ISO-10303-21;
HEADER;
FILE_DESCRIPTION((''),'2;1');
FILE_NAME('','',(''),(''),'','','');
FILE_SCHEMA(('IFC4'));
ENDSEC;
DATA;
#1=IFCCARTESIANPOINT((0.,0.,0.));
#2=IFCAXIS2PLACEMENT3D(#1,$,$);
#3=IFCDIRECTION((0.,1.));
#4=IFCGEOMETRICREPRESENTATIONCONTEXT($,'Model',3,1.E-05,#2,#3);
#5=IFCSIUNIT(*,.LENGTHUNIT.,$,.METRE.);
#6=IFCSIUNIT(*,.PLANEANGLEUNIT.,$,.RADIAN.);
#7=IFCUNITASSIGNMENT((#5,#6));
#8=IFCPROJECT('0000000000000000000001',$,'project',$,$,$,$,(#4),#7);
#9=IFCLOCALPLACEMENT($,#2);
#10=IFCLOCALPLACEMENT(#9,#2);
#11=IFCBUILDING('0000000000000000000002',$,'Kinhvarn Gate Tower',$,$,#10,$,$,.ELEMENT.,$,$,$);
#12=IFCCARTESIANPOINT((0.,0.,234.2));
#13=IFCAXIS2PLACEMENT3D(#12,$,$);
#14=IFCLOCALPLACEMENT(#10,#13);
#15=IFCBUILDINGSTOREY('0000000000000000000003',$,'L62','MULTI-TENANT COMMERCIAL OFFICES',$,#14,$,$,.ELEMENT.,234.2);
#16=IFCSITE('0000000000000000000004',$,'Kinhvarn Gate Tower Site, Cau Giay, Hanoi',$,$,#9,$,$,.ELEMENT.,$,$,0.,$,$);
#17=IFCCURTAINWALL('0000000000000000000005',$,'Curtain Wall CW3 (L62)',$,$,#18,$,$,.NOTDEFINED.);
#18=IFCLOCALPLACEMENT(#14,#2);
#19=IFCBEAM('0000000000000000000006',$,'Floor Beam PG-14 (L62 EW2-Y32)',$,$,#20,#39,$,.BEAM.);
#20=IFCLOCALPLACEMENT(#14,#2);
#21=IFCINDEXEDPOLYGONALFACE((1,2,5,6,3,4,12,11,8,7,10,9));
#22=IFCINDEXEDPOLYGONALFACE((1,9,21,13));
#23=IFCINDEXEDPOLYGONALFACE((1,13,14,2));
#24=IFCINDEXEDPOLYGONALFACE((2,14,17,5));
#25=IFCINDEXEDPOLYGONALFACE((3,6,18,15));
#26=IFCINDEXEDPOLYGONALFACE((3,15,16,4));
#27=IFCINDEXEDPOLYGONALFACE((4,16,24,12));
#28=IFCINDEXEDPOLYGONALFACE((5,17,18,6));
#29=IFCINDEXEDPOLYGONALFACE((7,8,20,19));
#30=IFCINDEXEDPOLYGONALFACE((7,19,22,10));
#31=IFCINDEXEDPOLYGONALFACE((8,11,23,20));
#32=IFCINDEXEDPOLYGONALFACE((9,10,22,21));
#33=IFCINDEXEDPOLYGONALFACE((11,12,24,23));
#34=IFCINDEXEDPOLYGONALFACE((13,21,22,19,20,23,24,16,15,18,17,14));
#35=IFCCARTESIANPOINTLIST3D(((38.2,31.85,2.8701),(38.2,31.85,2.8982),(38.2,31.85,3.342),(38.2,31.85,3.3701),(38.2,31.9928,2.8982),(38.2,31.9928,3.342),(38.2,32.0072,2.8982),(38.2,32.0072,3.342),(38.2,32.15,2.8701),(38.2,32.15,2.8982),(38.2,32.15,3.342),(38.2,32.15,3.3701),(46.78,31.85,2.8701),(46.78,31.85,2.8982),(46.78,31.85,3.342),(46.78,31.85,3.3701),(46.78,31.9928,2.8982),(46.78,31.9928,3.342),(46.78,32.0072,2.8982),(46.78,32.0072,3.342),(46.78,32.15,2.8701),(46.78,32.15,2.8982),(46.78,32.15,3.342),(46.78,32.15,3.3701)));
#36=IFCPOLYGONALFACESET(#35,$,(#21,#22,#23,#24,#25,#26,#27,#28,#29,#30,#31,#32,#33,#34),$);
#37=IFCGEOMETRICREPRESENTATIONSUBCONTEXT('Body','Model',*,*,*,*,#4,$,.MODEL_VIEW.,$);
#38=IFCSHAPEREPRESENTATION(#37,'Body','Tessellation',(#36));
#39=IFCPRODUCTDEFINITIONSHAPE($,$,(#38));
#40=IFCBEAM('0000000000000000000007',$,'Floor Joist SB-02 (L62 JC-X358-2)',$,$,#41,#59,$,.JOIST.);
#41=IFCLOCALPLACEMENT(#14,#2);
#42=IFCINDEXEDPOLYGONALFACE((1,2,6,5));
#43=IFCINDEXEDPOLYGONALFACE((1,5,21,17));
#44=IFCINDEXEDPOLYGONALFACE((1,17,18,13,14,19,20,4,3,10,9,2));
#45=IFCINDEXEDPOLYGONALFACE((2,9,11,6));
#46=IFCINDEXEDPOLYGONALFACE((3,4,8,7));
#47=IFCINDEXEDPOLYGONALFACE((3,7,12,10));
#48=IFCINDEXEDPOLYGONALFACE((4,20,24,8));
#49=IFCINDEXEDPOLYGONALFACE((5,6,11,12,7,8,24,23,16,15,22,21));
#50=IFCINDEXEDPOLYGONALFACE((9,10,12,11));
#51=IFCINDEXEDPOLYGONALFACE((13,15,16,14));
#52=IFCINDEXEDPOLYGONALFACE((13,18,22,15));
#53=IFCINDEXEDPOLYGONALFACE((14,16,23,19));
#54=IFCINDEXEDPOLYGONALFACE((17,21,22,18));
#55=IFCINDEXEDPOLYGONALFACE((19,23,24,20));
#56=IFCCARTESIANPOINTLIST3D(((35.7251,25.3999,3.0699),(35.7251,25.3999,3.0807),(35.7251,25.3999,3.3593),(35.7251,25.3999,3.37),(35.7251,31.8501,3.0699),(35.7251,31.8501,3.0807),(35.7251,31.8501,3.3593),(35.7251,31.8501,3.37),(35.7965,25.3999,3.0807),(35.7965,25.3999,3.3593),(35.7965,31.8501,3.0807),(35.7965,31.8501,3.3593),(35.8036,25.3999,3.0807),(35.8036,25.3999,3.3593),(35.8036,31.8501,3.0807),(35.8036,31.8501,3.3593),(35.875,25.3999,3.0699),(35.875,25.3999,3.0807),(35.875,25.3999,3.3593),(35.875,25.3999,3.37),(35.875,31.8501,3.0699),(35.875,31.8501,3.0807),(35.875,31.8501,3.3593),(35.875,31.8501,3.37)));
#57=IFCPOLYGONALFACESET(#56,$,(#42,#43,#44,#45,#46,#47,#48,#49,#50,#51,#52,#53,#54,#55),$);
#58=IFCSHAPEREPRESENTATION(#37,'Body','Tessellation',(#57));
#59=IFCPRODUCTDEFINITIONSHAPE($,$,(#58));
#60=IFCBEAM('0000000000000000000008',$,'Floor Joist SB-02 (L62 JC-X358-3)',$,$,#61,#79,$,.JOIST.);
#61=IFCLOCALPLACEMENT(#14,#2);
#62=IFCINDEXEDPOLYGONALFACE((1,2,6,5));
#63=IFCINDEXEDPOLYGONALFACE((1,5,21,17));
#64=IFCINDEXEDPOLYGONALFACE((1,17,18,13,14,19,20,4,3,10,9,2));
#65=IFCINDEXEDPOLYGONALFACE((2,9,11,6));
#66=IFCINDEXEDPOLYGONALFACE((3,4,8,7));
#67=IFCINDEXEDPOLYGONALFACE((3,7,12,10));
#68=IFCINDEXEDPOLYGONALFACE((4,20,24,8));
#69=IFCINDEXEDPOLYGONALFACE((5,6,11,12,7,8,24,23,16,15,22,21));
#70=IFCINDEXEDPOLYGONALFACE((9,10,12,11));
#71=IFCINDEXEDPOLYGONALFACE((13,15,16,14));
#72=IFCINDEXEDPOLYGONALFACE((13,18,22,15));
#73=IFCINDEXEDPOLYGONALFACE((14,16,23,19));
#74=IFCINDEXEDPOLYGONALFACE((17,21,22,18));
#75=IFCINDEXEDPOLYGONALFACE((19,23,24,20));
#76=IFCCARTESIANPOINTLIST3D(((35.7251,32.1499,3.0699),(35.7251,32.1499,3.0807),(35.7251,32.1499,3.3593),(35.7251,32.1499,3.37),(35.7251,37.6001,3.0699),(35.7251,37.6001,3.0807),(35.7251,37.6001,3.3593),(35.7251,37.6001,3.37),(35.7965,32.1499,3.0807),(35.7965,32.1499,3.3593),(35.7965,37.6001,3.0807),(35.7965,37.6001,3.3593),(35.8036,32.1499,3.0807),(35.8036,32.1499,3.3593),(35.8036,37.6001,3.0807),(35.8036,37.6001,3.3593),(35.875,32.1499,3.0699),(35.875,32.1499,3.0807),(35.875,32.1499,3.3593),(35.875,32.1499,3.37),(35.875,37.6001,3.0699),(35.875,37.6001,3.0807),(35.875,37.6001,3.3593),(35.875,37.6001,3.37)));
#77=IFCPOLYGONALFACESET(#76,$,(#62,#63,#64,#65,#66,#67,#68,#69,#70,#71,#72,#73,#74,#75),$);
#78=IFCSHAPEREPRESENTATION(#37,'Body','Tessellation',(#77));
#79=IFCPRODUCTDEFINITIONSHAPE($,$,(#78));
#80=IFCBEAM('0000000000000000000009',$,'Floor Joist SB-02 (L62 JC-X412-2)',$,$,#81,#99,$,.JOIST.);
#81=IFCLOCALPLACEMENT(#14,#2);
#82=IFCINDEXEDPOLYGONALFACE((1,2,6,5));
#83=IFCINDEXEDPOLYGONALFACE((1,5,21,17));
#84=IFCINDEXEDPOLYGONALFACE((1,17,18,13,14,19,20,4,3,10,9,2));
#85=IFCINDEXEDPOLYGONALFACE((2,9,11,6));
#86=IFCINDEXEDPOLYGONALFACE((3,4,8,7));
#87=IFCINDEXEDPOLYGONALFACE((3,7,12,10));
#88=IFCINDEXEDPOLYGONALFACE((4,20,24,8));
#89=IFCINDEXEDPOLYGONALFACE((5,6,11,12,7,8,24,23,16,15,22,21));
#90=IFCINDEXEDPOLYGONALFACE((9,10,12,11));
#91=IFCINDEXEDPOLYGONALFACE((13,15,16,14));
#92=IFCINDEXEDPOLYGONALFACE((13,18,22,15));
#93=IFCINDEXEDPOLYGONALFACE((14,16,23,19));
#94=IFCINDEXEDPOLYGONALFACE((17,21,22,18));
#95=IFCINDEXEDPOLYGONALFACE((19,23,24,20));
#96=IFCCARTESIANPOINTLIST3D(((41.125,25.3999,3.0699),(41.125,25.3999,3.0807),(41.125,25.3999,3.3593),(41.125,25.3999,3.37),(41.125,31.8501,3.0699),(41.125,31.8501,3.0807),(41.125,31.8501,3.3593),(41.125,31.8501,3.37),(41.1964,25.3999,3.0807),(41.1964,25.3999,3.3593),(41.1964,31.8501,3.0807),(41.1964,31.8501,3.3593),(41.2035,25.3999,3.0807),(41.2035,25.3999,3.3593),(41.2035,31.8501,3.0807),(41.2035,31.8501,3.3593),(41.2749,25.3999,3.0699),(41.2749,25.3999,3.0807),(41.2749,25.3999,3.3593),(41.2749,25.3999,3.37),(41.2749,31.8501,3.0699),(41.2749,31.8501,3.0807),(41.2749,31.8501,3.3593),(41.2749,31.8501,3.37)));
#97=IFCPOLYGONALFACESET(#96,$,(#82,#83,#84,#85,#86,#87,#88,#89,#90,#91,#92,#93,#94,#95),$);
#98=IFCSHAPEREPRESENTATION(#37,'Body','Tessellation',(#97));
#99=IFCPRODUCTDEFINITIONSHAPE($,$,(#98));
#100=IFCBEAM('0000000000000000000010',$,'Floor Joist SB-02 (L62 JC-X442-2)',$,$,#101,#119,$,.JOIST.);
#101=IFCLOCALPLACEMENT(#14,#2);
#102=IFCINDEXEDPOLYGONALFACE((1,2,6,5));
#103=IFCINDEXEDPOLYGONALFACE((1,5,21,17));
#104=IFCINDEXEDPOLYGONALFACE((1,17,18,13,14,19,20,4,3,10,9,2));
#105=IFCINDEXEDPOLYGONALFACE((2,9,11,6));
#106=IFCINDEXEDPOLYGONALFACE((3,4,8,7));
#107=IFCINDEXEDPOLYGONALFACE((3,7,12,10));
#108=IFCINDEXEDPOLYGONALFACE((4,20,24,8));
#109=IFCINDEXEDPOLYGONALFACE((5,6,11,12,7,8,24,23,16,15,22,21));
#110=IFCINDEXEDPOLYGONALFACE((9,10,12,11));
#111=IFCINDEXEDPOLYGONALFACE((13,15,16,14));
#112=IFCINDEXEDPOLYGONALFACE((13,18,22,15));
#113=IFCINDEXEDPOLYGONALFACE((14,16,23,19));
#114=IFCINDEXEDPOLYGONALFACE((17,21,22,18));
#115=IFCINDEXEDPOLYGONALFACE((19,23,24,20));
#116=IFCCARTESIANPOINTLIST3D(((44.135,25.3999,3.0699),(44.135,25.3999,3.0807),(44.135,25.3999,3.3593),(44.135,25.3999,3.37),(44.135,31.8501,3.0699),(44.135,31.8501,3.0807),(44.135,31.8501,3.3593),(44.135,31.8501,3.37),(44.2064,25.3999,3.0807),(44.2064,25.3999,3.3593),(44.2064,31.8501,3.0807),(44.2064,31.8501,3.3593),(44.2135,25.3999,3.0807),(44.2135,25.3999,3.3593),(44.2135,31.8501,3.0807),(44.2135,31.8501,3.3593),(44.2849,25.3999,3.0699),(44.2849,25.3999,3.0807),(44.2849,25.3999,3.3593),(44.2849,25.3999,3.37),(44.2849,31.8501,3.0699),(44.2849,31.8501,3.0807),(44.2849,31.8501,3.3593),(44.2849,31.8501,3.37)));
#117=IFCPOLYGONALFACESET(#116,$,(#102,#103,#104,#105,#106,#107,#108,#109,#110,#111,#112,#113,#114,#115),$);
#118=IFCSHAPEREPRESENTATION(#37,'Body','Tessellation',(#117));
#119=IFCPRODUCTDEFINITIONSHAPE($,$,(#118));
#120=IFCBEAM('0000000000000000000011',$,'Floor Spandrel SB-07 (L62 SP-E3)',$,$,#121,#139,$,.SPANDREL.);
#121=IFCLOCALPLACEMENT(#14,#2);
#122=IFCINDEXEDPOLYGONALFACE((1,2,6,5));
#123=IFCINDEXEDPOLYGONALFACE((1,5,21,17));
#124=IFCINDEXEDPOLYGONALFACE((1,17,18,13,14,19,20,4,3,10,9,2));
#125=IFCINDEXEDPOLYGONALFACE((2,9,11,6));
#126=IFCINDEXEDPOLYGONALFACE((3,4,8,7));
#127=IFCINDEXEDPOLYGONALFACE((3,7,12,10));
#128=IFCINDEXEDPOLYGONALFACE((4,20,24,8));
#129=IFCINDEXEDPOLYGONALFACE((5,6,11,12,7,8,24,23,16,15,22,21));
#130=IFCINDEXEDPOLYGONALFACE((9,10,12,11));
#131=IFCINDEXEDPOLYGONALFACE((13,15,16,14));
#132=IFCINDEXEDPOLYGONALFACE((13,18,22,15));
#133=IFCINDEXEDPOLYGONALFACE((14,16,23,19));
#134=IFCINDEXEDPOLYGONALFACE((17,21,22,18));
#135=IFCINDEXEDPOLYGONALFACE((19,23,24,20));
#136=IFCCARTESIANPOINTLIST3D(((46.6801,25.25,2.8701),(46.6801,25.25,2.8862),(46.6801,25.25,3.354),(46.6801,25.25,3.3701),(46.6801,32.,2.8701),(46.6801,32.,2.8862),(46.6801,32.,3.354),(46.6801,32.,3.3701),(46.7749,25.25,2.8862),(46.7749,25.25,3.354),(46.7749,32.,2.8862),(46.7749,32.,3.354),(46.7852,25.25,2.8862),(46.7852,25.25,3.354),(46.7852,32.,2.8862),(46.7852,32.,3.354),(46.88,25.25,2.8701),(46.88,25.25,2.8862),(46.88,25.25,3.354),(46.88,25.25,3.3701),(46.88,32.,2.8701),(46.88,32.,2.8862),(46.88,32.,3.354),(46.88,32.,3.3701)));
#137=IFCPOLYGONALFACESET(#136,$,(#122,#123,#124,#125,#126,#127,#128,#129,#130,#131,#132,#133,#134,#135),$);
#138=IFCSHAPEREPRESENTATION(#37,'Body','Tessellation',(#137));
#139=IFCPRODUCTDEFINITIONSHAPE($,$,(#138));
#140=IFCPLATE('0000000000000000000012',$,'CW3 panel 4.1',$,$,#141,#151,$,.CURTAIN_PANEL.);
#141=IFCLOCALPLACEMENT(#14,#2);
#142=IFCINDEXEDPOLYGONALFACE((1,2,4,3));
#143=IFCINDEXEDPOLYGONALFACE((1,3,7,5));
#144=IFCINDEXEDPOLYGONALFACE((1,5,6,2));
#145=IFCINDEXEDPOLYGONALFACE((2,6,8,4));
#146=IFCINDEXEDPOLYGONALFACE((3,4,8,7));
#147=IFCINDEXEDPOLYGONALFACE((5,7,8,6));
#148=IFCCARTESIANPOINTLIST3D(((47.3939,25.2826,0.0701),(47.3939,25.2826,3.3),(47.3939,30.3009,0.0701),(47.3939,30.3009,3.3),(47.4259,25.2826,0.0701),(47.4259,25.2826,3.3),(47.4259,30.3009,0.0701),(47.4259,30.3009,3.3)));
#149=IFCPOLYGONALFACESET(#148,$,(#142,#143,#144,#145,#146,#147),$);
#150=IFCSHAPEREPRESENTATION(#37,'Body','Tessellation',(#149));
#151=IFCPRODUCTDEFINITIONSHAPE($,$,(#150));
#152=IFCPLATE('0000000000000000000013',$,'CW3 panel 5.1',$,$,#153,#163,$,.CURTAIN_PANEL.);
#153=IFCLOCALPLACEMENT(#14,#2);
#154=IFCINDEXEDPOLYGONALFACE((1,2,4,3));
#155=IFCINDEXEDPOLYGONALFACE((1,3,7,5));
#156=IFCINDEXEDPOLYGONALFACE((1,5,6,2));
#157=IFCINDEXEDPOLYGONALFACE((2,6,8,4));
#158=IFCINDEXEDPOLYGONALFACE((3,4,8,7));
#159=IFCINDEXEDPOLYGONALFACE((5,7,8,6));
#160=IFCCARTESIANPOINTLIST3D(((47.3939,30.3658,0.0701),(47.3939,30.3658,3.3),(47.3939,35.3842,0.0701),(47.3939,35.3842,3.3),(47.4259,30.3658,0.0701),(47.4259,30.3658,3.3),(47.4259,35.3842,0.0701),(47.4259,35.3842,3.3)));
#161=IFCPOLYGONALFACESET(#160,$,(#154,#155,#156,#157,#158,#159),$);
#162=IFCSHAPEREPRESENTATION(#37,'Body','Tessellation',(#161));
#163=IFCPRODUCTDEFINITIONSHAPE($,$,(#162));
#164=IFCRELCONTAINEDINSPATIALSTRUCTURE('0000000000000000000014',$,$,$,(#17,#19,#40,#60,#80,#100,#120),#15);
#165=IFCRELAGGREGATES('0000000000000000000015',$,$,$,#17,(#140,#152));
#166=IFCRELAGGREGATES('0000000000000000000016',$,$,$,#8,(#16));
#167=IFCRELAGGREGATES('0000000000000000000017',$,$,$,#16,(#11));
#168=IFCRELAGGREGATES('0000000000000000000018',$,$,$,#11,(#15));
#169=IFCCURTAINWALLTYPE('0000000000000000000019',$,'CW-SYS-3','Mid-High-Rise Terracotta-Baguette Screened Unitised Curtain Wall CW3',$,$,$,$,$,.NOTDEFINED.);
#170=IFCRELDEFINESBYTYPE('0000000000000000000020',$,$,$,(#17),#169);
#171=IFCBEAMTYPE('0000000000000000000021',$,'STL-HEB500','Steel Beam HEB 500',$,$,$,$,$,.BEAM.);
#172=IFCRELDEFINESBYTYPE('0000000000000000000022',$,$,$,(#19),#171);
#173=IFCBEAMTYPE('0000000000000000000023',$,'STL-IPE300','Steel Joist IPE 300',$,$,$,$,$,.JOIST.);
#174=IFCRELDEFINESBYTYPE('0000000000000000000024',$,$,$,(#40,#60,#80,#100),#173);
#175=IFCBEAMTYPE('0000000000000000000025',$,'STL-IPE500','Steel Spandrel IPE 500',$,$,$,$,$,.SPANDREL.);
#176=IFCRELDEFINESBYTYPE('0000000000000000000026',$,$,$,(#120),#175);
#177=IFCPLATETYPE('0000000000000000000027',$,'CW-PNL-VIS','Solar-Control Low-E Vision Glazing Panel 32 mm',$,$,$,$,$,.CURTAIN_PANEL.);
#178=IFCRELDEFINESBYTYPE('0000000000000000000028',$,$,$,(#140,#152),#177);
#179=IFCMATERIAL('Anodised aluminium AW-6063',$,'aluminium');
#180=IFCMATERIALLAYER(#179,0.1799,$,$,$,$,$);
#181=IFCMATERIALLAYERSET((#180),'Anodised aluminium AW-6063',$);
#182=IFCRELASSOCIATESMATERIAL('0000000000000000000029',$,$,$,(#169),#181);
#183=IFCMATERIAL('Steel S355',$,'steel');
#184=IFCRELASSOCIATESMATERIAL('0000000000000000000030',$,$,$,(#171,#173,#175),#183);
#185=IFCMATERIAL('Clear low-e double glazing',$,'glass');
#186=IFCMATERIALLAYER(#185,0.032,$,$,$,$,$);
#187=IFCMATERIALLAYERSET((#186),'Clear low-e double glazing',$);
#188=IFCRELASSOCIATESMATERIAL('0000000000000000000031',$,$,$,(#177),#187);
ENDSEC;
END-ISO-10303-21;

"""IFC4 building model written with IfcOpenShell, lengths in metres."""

from ifc_helpers import new_model, si_unit, direction, frame, origin, origin_2d, place, context, subcontext, project, spatial, rectangle, i_section, extrude, material, layer, layer_set, material_profile, profile_set, type_object, element, aggregate, save


model = new_model("IFC4")

# Units and contexts
model_context = context("Model", 3, precision=1e-05, world=origin(), true_north=direction((0.0, 1.0)))
body_context = subcontext(model_context, "Body", "Model", "MODEL_VIEW")
ifc_project = project(units=[si_unit("LENGTHUNIT", "METRE"), si_unit("PLANEANGLEUNIT", "RADIAN")], contexts=[model_context])

# Site, building, storey
site_placement = place(None, origin())
site = spatial("IfcSite", under=ifc_project, at=site_placement, Name="Kinhvarn Gate Tower Site, Cau Giay, Hanoi", CompositionType="ELEMENT", RefElevation=0.0)
building_placement = place(site_placement, origin())
building = spatial("IfcBuilding", under=site, at=building_placement, Name="Kinhvarn Gate Tower", CompositionType="ELEMENT")
storey_placement = place(building_placement, frame((0.0, 0.0, 234.2)))
storey = spatial("IfcBuildingStorey", under=building, at=storey_placement, Name="L62", Description="MULTI-TENANT COMMERCIAL OFFICES", CompositionType="ELEMENT", Elevation=234.2)

# Curtain wall
ifc_material_1 = material(Name="Anodised aluminium AW-6063", Category="aluminium")
ifc_layer_1 = layer(ifc_material_1, 0.1799)
ifc_layer_set_1 = layer_set([ifc_layer_1], Name="Anodised aluminium AW-6063")
curtain_wall_type = type_object("IfcCurtainWallType", Name="CW-SYS-3", Description="Mid-High-Rise Terracotta-Baguette Screened Unitised Curtain Wall CW3", PredefinedType="NOTDEFINED", material=ifc_layer_set_1)
curtain_wall_placement = place(storey_placement, origin())
curtain_wall = element("IfcCurtainWall", 1, at=curtain_wall_placement, inside=storey, type_object=curtain_wall_type, Name="Curtain Wall CW3 (L62)", PredefinedType="NOTDEFINED")

# Beams
ifc_material_2 = material(Name="Steel S355", Category="steel")
ifc_material_profile_1 = material_profile(ifc_material_2, i_section(OverallWidth=0.3, OverallDepth=0.5, WebThickness=0.0144, FlangeThickness=0.0281, at=origin_2d()), Name="HEB 500")
ifc_profile_set_1 = profile_set([ifc_material_profile_1], Name="Steel S355")
beam_type_1 = type_object("IfcBeamType", Name="STL-HEB500", Description="Steel Beam HEB 500", PredefinedType="BEAM", material=ifc_profile_set_1)
beam_1_placement = place(storey_placement, frame((38.2, 32.0, 3.1201), z_axis=(1.0, 0.0, 0.0), x_axis=(0.0, 1.0, 0.0)))
element("IfcBeam", 2, at=beam_1_placement, inside=storey, type_object=beam_type_1, Name="Floor Beam PG-14 (L62 EW2-Y32)", PredefinedType="BEAM", context=body_context, shape_type="SweptSolid", body=[
    extrude(i_section(OverallWidth=0.3, OverallDepth=0.5, WebThickness=0.0144, FlangeThickness=0.0281, at=origin_2d()), origin(), (0.0, 0.0, 1.0), 8.5801),
])
ifc_material_profile_2 = material_profile(ifc_material_2, i_section(OverallWidth=0.1499, OverallDepth=0.3, WebThickness=0.0071, FlangeThickness=0.0107, at=origin_2d()), Name="IPE 300")
ifc_profile_set_2 = profile_set([ifc_material_profile_2], Name="Steel S355")
beam_type_2 = type_object("IfcBeamType", Name="STL-IPE300", Description="Steel Joist IPE 300", PredefinedType="JOIST", material=ifc_profile_set_2)
beam_2_placement = place(storey_placement, frame((35.8, 25.3999, 3.22), z_axis=(0.0, 1.0, 0.0), x_axis=(-1.0, 0.0, 0.0)))
element("IfcBeam", 3, at=beam_2_placement, inside=storey, type_object=beam_type_2, Name="Floor Joist SB-02 (L62 JC-X358-2)", PredefinedType="JOIST", context=body_context, shape_type="SweptSolid", body=[
    extrude(i_section(OverallWidth=0.1499, OverallDepth=0.3, WebThickness=0.0071, FlangeThickness=0.0107, at=origin_2d()), origin(), (0.0, 0.0, 1.0), 6.4502),
])
beam_3_placement = place(storey_placement, frame((35.8, 32.1499, 3.22), z_axis=(0.0, 1.0, 0.0), x_axis=(-1.0, 0.0, 0.0)))
element("IfcBeam", 4, at=beam_3_placement, inside=storey, type_object=beam_type_2, Name="Floor Joist SB-02 (L62 JC-X358-3)", PredefinedType="JOIST", context=body_context, shape_type="SweptSolid", body=[
    extrude(i_section(OverallWidth=0.1499, OverallDepth=0.3, WebThickness=0.0071, FlangeThickness=0.0107, at=origin_2d()), origin(), (0.0, 0.0, 1.0), 5.4502),
])
for number, where, z_axis, x_axis, name in (
    (5, (41.2, 25.3999, 3.22), (0.0, 1.0, 0.0), (-1.0, 0.0, 0.0), "Floor Joist SB-02 (L62 JC-X412-2)"),
    (6, (44.21, 25.3999, 3.22), (0.0, 1.0, 0.0), (-1.0, 0.0, 0.0), "Floor Joist SB-02 (L62 JC-X442-2)"),
):
    element("IfcBeam", number, at=place(storey_placement, frame(where, z_axis=z_axis, x_axis=x_axis)), inside=storey, type_object=beam_type_2, Name=name, PredefinedType="JOIST", context=body_context, shape_type="SweptSolid", body=[
        extrude(i_section(OverallWidth=0.1499, OverallDepth=0.3, WebThickness=0.0071, FlangeThickness=0.0107, at=origin_2d()), origin(), (0.0, 0.0, 1.0), 6.4502),
    ])
ifc_material_profile_3 = material_profile(ifc_material_2, i_section(OverallWidth=0.2, OverallDepth=0.5, WebThickness=0.0103, FlangeThickness=0.0161, at=origin_2d()), Name="IPE 500")
ifc_profile_set_3 = profile_set([ifc_material_profile_3], Name="Steel S355")
beam_type_3 = type_object("IfcBeamType", Name="STL-IPE500", Description="Steel Spandrel IPE 500", PredefinedType="SPANDREL", material=ifc_profile_set_3)
beam_4_placement = place(storey_placement, frame((46.78, 25.25, 3.1201), z_axis=(0.0, 1.0, 0.0), x_axis=(-1.0, 0.0, 0.0)))
element("IfcBeam", 7, at=beam_4_placement, inside=storey, type_object=beam_type_3, Name="Floor Spandrel SB-07 (L62 SP-E3)", PredefinedType="SPANDREL", context=body_context, shape_type="SweptSolid", body=[
    extrude(i_section(OverallWidth=0.2, OverallDepth=0.5, WebThickness=0.0103, FlangeThickness=0.0161, at=origin_2d()), origin(), (0.0, 0.0, 1.0), 6.75),
])

# Plates
ifc_material_3 = material(Name="Clear low-e double glazing", Category="glass")
ifc_layer_2 = layer(ifc_material_3, 0.032)
ifc_layer_set_2 = layer_set([ifc_layer_2], Name="Clear low-e double glazing")
plate_type = type_object("IfcPlateType", Name="CW-PNL-VIS", Description="Solar-Control Low-E Vision Glazing Panel 32 mm", PredefinedType="CURTAIN_PANEL", material=ifc_layer_set_2)
plate_1_placement = place(storey_placement, frame((47.4099, 27.7917, 0.0701), z_axis=(0.0, 0.0, 1.0), x_axis=(0.0, 1.0, 0.0)))
plate_1 = element("IfcPlate", 8, at=plate_1_placement, type_object=plate_type, Name="CW3 panel 4.1", PredefinedType="CURTAIN_PANEL", context=body_context, shape_type="SweptSolid", body=[
    extrude(rectangle(XDim=5.0183, YDim=0.032, at=origin_2d()), origin(), (0.0, 0.0, 1.0), 3.23),
])
plate_2_placement = place(storey_placement, frame((47.4099, 32.875, 0.0701), z_axis=(0.0, 0.0, 1.0), x_axis=(0.0, 1.0, 0.0)))
plate_2 = element("IfcPlate", 9, at=plate_2_placement, type_object=plate_type, Name="CW3 panel 5.1", PredefinedType="CURTAIN_PANEL", context=body_context, shape_type="SweptSolid", body=[
    extrude(rectangle(XDim=5.0183, YDim=0.032, at=origin_2d()), origin(), (0.0, 0.0, 1.0), 3.23),
])
aggregate(curtain_wall, [plate_1, plate_2])

save(model, "model.ifc")
